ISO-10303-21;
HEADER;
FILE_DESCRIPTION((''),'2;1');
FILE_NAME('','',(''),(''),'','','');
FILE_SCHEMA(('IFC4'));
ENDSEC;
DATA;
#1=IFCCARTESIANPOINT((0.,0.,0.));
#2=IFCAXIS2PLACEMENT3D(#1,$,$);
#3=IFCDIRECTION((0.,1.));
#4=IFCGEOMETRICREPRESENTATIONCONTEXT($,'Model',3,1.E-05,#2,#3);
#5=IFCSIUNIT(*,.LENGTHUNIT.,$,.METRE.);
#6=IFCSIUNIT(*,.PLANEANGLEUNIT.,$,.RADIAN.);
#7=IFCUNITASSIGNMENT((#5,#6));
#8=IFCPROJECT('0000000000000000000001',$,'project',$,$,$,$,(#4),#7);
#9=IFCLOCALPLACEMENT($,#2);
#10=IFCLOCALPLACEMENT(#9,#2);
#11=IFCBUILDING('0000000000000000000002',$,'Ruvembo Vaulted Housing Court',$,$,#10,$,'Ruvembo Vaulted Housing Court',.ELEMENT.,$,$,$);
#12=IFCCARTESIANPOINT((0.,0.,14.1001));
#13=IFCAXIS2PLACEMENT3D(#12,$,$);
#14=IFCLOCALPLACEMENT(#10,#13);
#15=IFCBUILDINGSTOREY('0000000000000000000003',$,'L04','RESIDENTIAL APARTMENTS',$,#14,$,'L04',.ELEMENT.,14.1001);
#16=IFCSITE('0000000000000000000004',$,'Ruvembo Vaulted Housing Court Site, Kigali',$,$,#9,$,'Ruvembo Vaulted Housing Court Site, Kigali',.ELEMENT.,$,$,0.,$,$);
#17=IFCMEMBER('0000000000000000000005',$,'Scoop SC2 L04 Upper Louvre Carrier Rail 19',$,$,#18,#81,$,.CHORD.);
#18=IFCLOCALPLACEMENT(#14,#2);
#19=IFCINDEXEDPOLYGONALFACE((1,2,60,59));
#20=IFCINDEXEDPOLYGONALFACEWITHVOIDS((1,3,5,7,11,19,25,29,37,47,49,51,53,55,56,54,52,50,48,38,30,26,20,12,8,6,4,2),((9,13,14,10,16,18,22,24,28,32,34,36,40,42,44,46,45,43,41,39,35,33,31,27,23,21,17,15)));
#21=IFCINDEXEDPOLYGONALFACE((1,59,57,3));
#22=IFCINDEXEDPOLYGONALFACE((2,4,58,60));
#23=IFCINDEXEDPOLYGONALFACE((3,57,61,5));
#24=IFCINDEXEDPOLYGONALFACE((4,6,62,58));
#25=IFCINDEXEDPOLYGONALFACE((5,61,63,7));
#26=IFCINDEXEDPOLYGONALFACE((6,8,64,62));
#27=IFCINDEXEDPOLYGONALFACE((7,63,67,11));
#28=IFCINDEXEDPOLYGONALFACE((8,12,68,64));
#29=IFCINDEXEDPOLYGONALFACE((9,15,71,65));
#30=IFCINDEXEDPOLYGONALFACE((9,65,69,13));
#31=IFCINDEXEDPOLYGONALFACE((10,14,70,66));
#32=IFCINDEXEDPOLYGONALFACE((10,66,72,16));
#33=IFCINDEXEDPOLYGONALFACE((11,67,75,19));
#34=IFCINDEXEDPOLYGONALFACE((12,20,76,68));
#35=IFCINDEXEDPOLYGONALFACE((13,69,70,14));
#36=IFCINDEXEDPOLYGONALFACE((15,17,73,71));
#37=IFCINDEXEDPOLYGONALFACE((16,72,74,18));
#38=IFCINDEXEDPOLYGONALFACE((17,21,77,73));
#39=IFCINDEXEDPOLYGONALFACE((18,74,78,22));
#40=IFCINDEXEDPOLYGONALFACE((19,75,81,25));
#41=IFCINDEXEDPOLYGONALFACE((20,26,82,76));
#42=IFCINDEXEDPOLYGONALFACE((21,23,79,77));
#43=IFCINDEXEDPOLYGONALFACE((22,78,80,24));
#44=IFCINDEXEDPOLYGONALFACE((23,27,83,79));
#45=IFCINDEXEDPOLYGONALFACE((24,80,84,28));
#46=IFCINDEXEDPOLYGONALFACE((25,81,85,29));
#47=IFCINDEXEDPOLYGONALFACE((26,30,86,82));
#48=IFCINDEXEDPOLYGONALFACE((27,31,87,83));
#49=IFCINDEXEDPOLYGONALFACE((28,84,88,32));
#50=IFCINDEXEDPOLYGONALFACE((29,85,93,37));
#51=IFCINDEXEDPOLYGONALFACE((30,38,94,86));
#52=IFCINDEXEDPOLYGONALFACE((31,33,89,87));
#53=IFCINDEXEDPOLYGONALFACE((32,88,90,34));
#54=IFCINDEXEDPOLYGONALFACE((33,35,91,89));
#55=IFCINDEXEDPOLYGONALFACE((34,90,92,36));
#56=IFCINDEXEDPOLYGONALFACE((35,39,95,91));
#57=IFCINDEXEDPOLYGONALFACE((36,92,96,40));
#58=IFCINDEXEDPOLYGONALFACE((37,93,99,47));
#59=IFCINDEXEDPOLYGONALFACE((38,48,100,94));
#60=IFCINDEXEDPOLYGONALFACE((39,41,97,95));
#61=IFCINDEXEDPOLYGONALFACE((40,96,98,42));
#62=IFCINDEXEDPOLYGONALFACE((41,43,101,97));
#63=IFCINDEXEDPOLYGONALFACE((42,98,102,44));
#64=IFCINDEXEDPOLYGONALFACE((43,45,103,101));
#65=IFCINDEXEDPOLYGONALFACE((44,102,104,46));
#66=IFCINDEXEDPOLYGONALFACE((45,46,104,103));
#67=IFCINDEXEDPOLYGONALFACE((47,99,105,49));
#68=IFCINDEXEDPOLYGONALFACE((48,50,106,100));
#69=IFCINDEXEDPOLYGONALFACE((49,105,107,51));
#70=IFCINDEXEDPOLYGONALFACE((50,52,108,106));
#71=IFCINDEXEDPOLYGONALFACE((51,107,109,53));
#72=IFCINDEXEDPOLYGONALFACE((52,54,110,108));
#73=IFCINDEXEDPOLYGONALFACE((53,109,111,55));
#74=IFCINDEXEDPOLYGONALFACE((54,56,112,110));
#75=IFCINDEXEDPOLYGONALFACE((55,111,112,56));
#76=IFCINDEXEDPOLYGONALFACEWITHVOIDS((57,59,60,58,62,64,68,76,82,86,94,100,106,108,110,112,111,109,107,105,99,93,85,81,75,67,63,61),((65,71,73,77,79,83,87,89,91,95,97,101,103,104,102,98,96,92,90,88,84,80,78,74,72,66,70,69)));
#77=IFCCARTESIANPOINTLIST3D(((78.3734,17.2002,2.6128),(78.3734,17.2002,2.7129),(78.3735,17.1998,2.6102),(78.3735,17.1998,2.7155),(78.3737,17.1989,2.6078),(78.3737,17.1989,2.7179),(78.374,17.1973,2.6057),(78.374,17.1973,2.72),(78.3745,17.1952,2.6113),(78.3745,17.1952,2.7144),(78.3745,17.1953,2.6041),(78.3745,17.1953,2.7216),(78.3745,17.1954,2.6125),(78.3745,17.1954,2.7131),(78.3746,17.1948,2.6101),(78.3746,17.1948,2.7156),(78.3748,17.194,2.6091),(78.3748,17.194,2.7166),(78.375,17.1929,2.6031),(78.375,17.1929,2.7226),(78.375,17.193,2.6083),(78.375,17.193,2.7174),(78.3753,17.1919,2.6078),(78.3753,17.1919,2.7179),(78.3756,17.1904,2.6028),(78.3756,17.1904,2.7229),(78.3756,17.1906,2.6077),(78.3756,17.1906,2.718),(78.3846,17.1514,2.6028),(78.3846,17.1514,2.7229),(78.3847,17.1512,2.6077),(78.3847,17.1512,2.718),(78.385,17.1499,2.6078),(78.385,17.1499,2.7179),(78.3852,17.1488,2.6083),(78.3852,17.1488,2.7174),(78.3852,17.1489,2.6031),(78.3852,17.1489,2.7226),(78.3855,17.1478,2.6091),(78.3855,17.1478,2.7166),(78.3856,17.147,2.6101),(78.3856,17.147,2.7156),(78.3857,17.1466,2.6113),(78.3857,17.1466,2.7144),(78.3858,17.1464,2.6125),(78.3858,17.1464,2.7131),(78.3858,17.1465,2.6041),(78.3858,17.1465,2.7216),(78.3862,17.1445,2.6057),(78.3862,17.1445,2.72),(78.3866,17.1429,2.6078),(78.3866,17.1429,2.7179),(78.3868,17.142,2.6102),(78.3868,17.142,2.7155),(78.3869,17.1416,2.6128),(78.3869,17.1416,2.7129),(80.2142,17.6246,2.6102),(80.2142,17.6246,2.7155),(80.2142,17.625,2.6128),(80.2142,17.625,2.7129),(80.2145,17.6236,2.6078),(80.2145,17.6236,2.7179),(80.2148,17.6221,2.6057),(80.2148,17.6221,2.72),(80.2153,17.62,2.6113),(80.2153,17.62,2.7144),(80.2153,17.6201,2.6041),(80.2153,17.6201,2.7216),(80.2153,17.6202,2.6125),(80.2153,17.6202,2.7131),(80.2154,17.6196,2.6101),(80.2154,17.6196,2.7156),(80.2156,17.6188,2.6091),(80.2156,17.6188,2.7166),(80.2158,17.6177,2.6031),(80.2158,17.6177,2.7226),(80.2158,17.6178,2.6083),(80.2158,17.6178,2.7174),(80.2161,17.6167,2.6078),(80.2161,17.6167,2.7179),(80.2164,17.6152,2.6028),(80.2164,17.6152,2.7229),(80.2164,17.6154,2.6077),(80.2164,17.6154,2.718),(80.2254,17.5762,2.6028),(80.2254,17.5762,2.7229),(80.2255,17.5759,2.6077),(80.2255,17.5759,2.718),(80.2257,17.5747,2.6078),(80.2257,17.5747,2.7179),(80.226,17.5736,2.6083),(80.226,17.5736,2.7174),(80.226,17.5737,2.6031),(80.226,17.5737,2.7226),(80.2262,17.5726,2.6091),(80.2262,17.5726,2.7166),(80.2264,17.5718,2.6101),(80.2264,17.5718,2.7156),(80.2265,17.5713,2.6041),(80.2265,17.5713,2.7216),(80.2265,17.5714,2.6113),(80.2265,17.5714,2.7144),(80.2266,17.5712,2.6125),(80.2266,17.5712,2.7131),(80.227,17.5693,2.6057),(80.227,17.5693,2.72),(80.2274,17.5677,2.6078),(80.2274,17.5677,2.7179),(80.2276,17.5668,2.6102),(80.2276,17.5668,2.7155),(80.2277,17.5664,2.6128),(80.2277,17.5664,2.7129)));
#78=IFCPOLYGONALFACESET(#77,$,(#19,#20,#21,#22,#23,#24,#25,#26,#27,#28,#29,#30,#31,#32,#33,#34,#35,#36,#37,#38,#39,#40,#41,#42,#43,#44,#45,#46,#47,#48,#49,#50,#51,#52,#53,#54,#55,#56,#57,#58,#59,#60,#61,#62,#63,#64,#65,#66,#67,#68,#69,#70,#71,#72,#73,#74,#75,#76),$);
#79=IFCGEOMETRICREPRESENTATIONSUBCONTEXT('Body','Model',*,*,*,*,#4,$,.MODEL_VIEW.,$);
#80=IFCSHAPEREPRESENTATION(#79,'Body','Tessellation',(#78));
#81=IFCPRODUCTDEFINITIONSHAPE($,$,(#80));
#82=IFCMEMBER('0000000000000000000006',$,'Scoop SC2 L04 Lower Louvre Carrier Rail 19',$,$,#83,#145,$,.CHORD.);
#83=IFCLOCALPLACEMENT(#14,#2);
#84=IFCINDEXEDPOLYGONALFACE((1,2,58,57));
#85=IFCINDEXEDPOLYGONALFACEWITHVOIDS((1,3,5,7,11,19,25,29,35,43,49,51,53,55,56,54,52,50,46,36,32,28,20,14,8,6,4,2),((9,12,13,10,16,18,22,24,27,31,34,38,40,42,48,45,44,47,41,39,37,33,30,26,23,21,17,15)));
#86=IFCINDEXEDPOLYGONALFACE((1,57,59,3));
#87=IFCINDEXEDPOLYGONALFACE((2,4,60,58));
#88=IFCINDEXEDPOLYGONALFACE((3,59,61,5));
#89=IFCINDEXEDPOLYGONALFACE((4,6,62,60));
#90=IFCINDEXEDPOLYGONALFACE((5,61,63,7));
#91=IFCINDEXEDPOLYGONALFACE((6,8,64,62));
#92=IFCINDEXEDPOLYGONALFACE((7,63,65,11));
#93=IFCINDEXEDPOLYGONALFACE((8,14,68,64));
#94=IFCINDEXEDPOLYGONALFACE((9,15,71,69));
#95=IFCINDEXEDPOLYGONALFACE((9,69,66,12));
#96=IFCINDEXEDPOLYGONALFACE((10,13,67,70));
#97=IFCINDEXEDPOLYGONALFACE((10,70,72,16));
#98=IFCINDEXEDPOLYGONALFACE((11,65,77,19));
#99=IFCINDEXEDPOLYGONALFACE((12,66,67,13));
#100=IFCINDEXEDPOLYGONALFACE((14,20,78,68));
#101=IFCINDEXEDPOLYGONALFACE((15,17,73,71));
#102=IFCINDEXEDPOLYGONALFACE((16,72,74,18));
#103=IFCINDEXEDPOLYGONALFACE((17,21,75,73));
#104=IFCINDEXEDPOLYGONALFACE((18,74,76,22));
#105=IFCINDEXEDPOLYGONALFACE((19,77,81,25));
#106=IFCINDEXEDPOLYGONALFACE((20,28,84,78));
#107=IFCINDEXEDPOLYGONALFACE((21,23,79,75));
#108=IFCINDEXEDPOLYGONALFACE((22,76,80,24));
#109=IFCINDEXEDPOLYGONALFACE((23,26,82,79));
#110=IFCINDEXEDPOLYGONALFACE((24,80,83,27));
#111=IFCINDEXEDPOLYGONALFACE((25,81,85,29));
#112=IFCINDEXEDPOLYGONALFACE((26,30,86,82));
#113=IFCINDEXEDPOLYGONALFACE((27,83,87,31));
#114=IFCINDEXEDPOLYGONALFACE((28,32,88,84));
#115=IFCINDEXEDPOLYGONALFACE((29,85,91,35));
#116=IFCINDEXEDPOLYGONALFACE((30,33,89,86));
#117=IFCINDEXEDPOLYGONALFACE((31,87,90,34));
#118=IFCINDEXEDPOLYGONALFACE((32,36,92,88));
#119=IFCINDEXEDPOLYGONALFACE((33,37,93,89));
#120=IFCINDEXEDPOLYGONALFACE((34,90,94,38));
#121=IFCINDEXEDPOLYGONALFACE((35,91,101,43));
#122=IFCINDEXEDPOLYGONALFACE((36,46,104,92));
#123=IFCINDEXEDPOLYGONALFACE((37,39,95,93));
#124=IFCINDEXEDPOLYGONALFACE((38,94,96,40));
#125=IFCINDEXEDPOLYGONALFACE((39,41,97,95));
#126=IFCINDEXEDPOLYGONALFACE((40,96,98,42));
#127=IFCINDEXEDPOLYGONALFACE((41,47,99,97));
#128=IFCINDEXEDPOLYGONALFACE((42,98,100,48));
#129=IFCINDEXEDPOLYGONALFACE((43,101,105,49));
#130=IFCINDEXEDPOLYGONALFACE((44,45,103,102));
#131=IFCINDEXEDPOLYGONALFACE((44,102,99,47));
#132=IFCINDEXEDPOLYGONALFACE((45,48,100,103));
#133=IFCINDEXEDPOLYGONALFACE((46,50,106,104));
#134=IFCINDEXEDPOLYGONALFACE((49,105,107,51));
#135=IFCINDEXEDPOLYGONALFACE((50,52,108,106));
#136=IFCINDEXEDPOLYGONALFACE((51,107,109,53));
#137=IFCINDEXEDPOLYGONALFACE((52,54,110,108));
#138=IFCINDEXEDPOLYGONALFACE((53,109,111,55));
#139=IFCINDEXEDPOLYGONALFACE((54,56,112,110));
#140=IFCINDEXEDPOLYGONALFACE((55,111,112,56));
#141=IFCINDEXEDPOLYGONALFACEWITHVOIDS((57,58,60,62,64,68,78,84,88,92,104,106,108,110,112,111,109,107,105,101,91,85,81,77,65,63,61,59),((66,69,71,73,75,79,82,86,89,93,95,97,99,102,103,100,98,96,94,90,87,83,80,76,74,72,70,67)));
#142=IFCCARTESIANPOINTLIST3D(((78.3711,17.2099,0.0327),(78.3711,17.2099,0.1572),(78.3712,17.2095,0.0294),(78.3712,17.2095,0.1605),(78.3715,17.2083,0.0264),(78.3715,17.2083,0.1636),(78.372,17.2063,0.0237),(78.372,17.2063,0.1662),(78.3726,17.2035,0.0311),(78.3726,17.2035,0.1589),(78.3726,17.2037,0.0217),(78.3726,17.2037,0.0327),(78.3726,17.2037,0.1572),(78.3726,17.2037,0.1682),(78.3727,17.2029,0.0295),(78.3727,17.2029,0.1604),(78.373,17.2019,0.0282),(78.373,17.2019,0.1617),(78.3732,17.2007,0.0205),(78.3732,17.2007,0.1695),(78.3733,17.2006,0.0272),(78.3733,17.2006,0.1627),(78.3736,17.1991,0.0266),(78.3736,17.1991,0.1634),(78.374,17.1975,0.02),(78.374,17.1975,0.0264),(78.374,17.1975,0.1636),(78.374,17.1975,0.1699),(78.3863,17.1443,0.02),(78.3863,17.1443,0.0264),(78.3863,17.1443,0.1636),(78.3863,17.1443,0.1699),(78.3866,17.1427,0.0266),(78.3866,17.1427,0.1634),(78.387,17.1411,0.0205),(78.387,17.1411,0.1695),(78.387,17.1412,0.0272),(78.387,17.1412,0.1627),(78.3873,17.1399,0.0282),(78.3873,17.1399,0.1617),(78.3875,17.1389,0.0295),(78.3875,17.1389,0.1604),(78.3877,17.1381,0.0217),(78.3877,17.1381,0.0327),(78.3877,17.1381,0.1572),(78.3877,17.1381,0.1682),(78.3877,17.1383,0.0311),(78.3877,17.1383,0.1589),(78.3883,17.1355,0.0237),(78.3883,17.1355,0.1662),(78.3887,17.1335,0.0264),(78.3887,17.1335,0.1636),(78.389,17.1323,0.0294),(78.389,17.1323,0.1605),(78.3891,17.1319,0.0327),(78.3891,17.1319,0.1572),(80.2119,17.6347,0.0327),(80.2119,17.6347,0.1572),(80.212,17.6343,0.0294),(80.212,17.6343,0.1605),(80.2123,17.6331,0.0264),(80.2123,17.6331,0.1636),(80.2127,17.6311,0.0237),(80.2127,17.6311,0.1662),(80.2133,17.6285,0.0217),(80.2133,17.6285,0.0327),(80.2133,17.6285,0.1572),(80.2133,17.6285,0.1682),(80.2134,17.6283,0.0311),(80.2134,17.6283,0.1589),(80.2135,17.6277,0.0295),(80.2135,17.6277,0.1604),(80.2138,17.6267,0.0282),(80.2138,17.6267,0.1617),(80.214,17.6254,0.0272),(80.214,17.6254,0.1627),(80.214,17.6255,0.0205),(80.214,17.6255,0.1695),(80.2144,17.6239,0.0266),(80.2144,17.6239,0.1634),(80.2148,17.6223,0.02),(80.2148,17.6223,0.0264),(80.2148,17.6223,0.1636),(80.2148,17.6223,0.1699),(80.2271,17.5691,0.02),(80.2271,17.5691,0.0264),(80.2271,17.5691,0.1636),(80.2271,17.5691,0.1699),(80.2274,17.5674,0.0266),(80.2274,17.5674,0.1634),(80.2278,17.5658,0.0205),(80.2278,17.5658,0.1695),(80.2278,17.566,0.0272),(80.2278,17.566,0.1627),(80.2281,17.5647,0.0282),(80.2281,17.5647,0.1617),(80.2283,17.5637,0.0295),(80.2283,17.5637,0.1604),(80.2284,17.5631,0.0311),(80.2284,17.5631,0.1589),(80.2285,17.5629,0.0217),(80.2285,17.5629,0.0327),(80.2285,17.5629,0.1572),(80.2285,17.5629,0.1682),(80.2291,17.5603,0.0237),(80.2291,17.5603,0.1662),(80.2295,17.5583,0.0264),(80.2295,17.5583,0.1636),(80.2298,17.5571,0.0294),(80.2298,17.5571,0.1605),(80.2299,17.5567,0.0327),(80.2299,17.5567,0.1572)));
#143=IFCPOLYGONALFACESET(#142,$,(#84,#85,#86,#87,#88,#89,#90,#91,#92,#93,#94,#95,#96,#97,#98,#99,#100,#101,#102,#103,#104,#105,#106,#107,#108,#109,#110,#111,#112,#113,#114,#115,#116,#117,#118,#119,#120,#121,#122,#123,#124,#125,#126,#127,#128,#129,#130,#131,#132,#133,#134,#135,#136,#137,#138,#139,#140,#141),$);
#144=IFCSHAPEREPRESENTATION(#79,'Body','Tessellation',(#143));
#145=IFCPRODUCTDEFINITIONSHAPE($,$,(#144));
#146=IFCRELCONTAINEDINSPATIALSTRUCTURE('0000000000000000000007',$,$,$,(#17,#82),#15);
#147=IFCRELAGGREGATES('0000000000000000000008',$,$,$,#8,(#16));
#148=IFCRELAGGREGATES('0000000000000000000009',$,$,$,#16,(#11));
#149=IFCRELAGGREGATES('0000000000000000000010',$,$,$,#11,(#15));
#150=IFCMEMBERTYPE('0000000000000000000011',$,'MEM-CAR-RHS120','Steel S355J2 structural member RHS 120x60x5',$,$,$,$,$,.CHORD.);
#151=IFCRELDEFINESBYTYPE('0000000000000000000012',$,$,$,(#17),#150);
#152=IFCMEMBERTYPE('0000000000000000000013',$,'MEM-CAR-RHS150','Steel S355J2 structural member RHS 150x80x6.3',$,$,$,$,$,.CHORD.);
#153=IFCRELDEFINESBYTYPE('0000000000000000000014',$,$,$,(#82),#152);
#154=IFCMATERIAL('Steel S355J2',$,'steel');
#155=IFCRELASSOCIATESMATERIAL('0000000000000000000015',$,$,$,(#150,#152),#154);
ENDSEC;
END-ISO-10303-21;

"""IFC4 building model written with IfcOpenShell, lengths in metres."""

from ifc_helpers import new_model, si_unit, direction, frame, origin, origin_2d, place, context, subcontext, project, spatial, hollow_rectangle, extrude, material, material_profile, profile_set, type_object, element, save


model = new_model("IFC4")

# Units and contexts
model_context = context("Model", 3, precision=1e-05, world=origin(), true_north=direction((0.0, 1.0)))
body_context = subcontext(model_context, "Body", "Model", "MODEL_VIEW")
ifc_project = project(units=[si_unit("LENGTHUNIT", "METRE"), si_unit("PLANEANGLEUNIT", "RADIAN")], contexts=[model_context])

# Site, building, storey
site_placement = place(None, origin())
site = spatial("IfcSite", under=ifc_project, at=site_placement, Name="Ruvembo Vaulted Housing Court Site, Kigali", LongName="Ruvembo Vaulted Housing Court Site, Kigali", CompositionType="ELEMENT", RefElevation=0.0)
building_placement = place(site_placement, origin())
building = spatial("IfcBuilding", under=site, at=building_placement, Name="Ruvembo Vaulted Housing Court", LongName="Ruvembo Vaulted Housing Court", CompositionType="ELEMENT")
storey_placement = place(building_placement, frame((0.0, 0.0, 14.1001)))
storey = spatial("IfcBuildingStorey", under=building, at=storey_placement, Name="L04", Description="RESIDENTIAL APARTMENTS", LongName="L04", CompositionType="ELEMENT", Elevation=14.1001)

# Shared definitions
ifc_material_1 = material(Name="Steel S355J2", Category="steel")

# Members
ifc_material_profile_1 = material_profile(ifc_material_1, hollow_rectangle(XDim=0.0601, YDim=0.1201, WallThickness=0.0049, InnerFilletRadius=0.0049, OuterFilletRadius=0.01, at=origin_2d()), Name="RHS 120x60x5")
ifc_profile_set_1 = profile_set([ifc_material_profile_1], Name="Steel S355J2")
member_type_1 = type_object("IfcMemberType", Name="MEM-CAR-RHS120", Description="Steel S355J2 structural member RHS 120x60x5", PredefinedType="CHORD", material=ifc_profile_set_1)
member_1_placement = place(storey_placement, frame((78.3801, 17.1709, 2.6628), z_axis=(0.974391, 0.22486, 0.0), x_axis=(-0.22486, 0.974391, 0.0)))
element("IfcMember", 1, at=member_1_placement, inside=storey, type_object=member_type_1, Name="Scoop SC2 L04 Upper Louvre Carrier Rail 19", PredefinedType="CHORD", context=body_context, shape_type="SweptSolid", body=[
    extrude(hollow_rectangle(XDim=0.0601, YDim=0.1201, WallThickness=0.0049, InnerFilletRadius=0.0049, OuterFilletRadius=0.01, at=origin_2d()), origin(), (0.0, 0.0, 1.0), 1.8892),
])
ifc_material_profile_2 = material_profile(ifc_material_1, hollow_rectangle(XDim=0.0801, YDim=0.1499, WallThickness=0.0063, InnerFilletRadius=0.0063, OuterFilletRadius=0.0127, at=origin_2d()), Name="RHS 150x80x6.3")
ifc_profile_set_2 = profile_set([ifc_material_profile_2], Name="Steel S355J2")
member_type_2 = type_object("IfcMemberType", Name="MEM-CAR-RHS150", Description="Steel S355J2 structural member RHS 150x80x6.3", PredefinedType="CHORD", material=ifc_profile_set_2)
member_2_placement = place(storey_placement, frame((78.3801, 17.1709, 0.095), z_axis=(0.974391, 0.22486, 0.0), x_axis=(-0.22486, 0.974391, 0.0)))
element("IfcMember", 2, at=member_2_placement, inside=storey, type_object=member_type_2, Name="Scoop SC2 L04 Lower Louvre Carrier Rail 19", PredefinedType="CHORD", context=body_context, shape_type="SweptSolid", body=[
    extrude(hollow_rectangle(XDim=0.0801, YDim=0.1499, WallThickness=0.0063, InnerFilletRadius=0.0063, OuterFilletRadius=0.0127, at=origin_2d()), origin(), (0.0, 0.0, 1.0), 1.8892),
])

save(model, "model.ifc")
